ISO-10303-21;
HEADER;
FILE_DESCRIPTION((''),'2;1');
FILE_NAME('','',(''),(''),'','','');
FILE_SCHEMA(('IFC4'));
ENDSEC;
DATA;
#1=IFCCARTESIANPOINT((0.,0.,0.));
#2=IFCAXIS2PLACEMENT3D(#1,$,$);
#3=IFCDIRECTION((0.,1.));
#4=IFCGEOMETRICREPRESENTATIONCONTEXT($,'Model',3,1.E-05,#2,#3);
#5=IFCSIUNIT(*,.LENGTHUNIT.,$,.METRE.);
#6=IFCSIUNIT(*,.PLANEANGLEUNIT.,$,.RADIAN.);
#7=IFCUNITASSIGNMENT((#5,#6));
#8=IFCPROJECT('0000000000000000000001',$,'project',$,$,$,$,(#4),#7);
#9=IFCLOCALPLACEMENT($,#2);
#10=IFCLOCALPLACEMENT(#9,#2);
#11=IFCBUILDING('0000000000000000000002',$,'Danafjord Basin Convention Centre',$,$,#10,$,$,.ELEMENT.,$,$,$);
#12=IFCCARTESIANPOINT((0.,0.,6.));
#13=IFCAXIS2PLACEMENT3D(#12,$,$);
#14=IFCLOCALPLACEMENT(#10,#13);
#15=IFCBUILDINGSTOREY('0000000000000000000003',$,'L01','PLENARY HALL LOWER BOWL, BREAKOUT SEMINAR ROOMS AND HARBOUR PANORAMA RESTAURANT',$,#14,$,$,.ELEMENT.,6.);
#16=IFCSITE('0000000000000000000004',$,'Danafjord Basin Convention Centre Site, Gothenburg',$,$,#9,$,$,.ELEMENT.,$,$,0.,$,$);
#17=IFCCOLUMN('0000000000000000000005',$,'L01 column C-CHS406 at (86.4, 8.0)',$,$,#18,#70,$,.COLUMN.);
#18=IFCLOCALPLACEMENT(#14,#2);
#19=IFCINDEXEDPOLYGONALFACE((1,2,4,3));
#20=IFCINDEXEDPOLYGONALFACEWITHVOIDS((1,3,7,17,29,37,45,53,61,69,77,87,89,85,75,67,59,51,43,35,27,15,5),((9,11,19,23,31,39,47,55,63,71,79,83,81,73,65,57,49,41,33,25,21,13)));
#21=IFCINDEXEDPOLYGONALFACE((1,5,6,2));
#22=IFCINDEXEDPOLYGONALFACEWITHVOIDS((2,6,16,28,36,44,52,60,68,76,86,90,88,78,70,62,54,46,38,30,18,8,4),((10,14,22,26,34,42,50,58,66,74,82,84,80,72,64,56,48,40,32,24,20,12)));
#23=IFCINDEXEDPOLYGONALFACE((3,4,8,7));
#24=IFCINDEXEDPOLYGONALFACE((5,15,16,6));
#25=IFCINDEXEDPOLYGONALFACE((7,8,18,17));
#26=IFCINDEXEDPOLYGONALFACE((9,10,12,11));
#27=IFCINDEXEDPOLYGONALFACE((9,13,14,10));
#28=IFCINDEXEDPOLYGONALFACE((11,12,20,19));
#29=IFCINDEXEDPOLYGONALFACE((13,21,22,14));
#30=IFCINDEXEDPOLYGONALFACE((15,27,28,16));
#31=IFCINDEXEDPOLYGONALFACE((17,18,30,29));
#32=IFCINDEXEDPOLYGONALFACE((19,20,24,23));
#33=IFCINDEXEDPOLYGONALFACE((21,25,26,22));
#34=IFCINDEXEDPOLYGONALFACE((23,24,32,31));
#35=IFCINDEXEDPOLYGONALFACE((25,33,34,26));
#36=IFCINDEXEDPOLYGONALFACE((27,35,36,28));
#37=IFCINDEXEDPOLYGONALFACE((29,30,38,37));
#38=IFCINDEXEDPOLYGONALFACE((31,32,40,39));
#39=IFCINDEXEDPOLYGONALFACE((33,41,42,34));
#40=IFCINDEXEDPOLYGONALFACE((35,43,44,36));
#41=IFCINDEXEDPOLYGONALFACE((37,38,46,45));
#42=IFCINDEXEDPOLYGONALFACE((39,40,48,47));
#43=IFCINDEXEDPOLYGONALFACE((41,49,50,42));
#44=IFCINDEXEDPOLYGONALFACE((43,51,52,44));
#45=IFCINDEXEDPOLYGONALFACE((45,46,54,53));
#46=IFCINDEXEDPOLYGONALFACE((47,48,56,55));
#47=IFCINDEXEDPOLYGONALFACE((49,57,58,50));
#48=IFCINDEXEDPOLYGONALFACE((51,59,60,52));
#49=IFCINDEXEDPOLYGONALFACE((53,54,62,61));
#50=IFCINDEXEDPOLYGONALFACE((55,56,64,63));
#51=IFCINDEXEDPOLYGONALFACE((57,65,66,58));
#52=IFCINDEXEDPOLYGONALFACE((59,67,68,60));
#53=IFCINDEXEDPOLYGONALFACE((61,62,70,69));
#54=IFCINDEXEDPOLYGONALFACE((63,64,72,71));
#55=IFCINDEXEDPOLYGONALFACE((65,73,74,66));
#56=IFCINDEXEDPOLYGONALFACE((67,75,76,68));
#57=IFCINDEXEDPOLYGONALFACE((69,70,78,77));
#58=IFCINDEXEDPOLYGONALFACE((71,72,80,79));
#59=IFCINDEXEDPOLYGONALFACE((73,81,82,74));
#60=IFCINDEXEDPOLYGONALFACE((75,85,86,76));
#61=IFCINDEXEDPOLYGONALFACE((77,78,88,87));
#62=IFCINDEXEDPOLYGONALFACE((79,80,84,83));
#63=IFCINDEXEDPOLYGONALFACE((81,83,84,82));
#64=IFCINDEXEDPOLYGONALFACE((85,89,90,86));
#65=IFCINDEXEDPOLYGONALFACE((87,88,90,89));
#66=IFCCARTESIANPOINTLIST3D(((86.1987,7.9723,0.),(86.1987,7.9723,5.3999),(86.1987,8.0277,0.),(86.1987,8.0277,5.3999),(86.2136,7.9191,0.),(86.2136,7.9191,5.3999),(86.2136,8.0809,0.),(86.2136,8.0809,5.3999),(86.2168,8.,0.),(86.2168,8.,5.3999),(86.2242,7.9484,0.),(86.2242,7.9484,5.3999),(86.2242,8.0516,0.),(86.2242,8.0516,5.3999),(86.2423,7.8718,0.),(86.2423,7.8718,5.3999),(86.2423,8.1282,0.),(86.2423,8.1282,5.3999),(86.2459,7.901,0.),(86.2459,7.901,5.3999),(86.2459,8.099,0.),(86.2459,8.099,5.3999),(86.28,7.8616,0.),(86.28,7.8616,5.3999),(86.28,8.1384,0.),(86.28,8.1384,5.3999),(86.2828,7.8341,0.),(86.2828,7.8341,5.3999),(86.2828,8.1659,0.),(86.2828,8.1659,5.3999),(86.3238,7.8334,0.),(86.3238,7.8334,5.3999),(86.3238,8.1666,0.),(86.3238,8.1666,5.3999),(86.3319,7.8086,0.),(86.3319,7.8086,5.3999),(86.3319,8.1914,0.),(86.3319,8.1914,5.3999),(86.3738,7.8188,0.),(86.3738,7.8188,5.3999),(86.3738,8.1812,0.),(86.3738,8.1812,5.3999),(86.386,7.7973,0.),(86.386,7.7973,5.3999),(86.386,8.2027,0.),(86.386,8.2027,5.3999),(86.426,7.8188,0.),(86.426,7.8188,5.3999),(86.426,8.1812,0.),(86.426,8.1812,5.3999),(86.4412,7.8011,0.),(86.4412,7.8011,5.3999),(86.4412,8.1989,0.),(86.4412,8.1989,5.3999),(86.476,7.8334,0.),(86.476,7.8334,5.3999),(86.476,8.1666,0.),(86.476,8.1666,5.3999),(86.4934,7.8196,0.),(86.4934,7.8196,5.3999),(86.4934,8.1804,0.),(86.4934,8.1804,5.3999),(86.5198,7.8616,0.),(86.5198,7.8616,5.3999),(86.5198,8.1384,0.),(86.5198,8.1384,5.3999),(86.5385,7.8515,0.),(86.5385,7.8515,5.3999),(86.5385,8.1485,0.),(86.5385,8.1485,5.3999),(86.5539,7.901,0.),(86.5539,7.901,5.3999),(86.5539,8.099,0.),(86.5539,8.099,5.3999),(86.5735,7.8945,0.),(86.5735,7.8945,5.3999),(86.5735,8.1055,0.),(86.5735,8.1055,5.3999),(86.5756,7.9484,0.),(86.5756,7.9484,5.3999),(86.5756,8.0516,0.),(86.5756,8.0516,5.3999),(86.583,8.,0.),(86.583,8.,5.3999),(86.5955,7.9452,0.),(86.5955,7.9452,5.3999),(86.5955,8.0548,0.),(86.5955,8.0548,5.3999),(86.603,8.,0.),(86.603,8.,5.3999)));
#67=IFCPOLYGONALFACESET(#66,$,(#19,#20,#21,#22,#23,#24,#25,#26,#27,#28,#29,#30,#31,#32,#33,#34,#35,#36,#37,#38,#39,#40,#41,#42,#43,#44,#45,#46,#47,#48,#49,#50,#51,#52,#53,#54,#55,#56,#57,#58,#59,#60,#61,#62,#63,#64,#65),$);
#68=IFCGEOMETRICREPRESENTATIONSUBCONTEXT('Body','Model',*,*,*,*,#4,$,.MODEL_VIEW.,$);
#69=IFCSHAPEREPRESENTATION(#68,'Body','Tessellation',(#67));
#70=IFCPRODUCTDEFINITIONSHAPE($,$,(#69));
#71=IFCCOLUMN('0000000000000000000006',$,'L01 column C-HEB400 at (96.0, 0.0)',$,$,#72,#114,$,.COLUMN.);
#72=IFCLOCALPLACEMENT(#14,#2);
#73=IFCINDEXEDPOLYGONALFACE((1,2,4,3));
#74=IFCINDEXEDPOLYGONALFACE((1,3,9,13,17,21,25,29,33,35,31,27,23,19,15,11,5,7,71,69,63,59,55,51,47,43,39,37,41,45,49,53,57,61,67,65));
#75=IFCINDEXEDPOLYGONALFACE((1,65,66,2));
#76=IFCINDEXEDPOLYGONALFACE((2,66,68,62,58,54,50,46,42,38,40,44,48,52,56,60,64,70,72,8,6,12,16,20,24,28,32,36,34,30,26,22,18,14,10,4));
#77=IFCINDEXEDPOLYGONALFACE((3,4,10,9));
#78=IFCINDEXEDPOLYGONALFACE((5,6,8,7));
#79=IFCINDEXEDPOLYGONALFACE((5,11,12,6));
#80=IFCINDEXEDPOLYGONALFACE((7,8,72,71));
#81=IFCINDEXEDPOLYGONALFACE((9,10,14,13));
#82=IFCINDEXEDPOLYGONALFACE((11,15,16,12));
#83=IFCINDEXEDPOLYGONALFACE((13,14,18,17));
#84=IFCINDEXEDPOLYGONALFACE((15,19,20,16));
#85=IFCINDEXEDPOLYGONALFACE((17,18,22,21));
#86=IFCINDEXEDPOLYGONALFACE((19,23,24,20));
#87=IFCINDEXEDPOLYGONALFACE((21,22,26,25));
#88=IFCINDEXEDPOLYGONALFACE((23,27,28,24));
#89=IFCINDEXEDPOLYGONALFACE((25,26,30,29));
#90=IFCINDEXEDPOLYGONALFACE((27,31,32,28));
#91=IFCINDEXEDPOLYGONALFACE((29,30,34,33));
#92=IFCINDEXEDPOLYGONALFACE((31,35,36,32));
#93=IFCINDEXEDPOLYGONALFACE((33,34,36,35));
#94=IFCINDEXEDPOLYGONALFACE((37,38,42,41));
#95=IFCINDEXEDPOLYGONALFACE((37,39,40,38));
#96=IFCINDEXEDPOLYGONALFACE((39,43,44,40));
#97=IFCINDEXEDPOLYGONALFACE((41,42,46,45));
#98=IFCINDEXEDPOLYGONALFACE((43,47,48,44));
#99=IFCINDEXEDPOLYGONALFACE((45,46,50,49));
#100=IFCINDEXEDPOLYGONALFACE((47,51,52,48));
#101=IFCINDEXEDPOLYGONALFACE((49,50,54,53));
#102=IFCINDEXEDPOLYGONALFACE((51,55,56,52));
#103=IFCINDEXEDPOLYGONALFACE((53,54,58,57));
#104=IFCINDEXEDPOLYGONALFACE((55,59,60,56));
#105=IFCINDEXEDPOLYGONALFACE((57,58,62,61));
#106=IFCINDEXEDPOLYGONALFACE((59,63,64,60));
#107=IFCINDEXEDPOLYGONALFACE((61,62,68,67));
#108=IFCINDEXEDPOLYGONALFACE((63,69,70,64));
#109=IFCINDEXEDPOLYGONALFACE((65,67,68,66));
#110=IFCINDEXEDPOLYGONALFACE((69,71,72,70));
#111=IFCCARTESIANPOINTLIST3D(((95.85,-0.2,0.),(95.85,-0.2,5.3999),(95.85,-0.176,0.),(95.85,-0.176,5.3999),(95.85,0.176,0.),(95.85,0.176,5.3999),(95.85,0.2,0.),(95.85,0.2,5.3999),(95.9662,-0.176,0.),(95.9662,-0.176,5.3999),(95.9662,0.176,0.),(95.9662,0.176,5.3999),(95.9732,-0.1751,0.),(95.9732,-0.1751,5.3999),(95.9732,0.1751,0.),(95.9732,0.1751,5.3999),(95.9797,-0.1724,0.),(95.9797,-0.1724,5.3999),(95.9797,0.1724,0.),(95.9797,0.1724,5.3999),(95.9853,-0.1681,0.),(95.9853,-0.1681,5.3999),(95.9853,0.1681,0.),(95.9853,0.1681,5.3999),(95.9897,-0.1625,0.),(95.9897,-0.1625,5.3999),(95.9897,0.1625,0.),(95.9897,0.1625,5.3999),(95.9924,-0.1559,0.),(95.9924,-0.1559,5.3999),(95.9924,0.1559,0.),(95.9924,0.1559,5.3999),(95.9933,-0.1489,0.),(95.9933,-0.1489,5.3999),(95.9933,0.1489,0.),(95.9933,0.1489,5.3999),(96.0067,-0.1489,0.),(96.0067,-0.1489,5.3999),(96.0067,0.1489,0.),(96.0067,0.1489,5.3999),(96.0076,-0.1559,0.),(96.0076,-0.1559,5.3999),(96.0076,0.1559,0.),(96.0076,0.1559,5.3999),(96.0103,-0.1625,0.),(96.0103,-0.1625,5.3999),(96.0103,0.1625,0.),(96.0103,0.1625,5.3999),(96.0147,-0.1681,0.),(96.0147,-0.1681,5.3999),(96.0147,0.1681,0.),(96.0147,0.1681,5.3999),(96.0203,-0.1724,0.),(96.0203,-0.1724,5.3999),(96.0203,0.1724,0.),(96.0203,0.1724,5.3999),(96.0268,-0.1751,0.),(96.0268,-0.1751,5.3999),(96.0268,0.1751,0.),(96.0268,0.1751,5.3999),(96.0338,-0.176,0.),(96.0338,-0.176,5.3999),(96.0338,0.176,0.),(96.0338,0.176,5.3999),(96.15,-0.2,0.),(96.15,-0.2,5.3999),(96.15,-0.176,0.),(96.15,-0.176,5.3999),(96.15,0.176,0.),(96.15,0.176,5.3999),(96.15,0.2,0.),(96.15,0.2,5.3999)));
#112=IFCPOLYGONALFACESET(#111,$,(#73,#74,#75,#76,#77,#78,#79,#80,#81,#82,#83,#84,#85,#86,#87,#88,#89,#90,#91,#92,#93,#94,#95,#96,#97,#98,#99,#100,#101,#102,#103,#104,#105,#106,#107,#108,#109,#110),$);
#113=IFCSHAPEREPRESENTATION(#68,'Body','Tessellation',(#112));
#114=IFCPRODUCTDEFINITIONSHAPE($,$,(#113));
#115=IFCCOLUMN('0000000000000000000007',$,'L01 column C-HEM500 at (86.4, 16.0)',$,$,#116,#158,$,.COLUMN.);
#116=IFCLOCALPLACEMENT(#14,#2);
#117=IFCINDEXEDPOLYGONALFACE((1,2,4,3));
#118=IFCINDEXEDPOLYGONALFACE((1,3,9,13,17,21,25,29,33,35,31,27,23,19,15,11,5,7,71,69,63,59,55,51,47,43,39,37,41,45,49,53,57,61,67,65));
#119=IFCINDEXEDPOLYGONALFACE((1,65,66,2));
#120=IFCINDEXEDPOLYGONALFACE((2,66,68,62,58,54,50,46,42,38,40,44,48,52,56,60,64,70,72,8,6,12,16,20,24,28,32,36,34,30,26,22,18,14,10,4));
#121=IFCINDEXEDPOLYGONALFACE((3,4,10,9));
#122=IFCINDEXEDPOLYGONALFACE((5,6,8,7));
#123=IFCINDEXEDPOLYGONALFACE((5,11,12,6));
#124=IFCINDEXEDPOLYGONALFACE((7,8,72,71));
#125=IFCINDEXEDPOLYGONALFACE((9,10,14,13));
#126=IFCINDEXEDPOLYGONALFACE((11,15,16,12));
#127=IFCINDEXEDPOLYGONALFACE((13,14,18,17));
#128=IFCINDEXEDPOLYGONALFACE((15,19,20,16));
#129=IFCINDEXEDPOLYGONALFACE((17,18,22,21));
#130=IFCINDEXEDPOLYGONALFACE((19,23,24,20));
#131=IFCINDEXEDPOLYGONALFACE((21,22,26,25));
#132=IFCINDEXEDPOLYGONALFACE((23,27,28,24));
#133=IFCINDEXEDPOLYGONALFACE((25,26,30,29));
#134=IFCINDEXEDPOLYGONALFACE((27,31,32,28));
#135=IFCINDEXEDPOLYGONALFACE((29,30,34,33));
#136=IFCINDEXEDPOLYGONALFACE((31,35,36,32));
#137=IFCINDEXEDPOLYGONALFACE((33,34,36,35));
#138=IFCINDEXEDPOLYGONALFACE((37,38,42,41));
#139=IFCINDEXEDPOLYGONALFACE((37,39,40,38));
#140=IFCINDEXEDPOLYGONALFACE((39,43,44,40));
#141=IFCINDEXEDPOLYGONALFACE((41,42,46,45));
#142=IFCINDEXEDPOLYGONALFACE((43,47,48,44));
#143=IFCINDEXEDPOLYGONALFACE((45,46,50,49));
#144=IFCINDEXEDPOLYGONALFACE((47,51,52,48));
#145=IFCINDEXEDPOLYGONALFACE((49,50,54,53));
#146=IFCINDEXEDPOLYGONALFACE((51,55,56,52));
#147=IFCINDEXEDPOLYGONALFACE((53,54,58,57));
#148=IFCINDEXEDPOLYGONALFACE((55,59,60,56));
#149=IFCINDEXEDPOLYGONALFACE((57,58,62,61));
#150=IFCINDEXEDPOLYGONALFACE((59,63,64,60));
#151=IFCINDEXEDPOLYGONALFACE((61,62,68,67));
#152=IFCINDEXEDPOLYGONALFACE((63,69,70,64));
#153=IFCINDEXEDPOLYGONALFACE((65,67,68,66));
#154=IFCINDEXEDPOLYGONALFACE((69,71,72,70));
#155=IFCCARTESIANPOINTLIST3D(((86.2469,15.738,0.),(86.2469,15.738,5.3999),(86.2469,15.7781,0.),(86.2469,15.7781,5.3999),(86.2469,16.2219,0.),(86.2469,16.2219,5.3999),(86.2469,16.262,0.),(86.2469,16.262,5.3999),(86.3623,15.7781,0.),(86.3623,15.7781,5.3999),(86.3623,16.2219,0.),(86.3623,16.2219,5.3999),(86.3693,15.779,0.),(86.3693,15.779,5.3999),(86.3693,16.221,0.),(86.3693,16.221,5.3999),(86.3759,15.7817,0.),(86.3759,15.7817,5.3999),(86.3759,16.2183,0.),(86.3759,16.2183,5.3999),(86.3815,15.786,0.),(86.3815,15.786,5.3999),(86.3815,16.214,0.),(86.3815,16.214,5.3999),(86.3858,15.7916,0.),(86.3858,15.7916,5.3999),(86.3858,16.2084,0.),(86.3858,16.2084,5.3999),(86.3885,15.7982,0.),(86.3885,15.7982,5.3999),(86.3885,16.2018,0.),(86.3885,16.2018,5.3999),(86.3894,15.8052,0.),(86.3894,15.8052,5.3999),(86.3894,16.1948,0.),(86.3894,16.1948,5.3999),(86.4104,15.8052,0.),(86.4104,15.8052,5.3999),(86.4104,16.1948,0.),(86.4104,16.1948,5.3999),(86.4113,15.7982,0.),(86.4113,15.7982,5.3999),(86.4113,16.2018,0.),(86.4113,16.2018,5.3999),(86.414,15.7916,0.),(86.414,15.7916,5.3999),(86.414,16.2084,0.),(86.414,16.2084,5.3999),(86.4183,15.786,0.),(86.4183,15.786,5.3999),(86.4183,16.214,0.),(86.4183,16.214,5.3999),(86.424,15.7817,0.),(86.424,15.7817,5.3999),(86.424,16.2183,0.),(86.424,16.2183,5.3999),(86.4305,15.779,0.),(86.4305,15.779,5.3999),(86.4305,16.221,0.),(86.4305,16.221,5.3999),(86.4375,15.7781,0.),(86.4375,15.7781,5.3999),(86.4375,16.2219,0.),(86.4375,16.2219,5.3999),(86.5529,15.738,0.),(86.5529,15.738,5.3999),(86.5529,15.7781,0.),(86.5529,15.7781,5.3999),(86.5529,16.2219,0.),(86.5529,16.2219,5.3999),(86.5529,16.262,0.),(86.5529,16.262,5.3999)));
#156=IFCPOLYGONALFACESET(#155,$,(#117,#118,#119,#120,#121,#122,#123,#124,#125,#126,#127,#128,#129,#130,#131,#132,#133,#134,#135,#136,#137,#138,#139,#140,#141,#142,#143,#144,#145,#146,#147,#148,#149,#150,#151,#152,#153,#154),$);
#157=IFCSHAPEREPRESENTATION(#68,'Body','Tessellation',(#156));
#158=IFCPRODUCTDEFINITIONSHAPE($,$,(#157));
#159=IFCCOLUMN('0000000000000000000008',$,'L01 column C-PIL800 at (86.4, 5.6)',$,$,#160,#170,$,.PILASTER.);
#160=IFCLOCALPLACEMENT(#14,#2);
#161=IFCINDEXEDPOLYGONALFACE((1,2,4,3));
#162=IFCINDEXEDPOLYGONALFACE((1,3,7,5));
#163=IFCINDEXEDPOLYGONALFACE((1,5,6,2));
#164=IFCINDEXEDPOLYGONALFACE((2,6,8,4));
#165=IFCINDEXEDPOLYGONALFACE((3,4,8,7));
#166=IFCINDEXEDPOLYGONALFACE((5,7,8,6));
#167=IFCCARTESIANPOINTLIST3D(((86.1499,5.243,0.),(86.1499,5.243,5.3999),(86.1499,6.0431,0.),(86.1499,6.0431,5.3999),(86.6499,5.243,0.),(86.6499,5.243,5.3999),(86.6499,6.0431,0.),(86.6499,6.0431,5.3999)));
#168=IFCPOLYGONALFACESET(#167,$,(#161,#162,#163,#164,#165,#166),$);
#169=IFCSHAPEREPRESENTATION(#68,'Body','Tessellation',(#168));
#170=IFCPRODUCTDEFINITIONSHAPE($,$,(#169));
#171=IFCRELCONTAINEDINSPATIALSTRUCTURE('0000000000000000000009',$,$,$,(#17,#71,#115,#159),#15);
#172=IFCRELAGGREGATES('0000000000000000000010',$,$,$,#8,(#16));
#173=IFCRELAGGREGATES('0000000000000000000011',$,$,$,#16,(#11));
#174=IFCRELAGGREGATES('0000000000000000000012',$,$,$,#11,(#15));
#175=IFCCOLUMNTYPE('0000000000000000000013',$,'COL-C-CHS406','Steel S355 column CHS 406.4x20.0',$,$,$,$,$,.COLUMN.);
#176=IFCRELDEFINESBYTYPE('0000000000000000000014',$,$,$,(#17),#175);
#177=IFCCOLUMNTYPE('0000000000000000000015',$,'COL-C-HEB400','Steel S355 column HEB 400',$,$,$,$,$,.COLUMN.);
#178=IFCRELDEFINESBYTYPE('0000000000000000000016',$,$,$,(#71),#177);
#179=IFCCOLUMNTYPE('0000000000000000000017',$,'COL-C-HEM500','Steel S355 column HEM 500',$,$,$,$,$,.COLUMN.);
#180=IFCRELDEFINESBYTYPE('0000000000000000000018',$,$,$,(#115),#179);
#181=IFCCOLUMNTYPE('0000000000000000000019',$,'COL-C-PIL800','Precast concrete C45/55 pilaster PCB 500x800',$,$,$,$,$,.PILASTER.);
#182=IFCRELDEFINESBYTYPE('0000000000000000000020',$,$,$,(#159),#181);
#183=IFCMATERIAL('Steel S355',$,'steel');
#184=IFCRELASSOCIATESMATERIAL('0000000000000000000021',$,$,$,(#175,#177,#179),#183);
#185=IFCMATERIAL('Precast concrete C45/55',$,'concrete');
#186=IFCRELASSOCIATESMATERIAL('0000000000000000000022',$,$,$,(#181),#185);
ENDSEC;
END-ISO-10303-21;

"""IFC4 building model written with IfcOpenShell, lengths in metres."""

from ifc_helpers import new_model, si_unit, direction, frame, origin, origin_2d, place, context, subcontext, project, spatial, rectangle, hollow_circle, i_section, extrude, material, material_profile, profile_set, type_object, element, save


model = new_model("IFC4")

# Units and contexts
model_context = context("Model", 3, precision=1e-05, world=origin(), true_north=direction((0.0, 1.0)))
body_context = subcontext(model_context, "Body", "Model", "MODEL_VIEW")
ifc_project = project(units=[si_unit("LENGTHUNIT", "METRE"), si_unit("PLANEANGLEUNIT", "RADIAN")], contexts=[model_context])

# Site, building, storey
site_placement = place(None, origin())
site = spatial("IfcSite", under=ifc_project, at=site_placement, Name="Danafjord Basin Convention Centre Site, Gothenburg", CompositionType="ELEMENT", RefElevation=0.0)
building_placement = place(site_placement, origin())
building = spatial("IfcBuilding", under=site, at=building_placement, Name="Danafjord Basin Convention Centre", CompositionType="ELEMENT")
storey_placement = place(building_placement, frame((0.0, 0.0, 6.0)))
storey = spatial("IfcBuildingStorey", under=building, at=storey_placement, Name="L01", Description="PLENARY HALL LOWER BOWL, BREAKOUT SEMINAR ROOMS AND HARBOUR PANORAMA RESTAURANT", CompositionType="ELEMENT", Elevation=6.0)

# Columns
ifc_material_1 = material(Name="Steel S355", Category="steel")
ifc_material_profile_1 = material_profile(ifc_material_1, hollow_circle(Radius=0.2031, WallThickness=0.02, at=origin_2d()), Name="CHS 406.4x20.0")
ifc_profile_set_1 = profile_set([ifc_material_profile_1], Name="Steel S355")
column_type_1 = type_object("IfcColumnType", Name="COL-C-CHS406", Description="Steel S355 column CHS 406.4x20.0", PredefinedType="COLUMN", material=ifc_profile_set_1)
column_1_placement = place(storey_placement, frame((86.3999, 8.0, 0.0), z_axis=(0.0, 0.0, 1.0), x_axis=(1.0, 0.0, 0.0)))
element("IfcColumn", 1, at=column_1_placement, inside=storey, type_object=column_type_1, Name="L01 column C-CHS406 at (86.4, 8.0)", PredefinedType="COLUMN", context=body_context, shape_type="SweptSolid", body=[
    extrude(hollow_circle(Radius=0.2031, WallThickness=0.02, at=origin_2d()), origin(), (0.0, 0.0, 1.0), 5.3999),
])
ifc_material_profile_2 = material_profile(ifc_material_1, i_section(OverallWidth=0.3, OverallDepth=0.3999, WebThickness=0.0134, FlangeThickness=0.0239, FilletRadius=0.0271, at=origin_2d()), Name="HEB 400")
ifc_profile_set_2 = profile_set([ifc_material_profile_2], Name="Steel S355")
column_type_2 = type_object("IfcColumnType", Name="COL-C-HEB400", Description="Steel S355 column HEB 400", PredefinedType="COLUMN", material=ifc_profile_set_2)
column_2_placement = place(storey_placement, frame((96.0, 0.0, 0.0), z_axis=(0.0, 0.0, 1.0), x_axis=(1.0, 0.0, 0.0)))
element("IfcColumn", 2, at=column_2_placement, inside=storey, type_object=column_type_2, Name="L01 column C-HEB400 at (96.0, 0.0)", PredefinedType="COLUMN", context=body_context, shape_type="SweptSolid", body=[
    extrude(i_section(OverallWidth=0.3, OverallDepth=0.3999, WebThickness=0.0134, FlangeThickness=0.0239, FilletRadius=0.0271, at=origin_2d()), origin(), (0.0, 0.0, 1.0), 5.3999),
])
ifc_material_profile_3 = material_profile(ifc_material_1, i_section(OverallWidth=0.3059, OverallDepth=0.5239, WebThickness=0.021, FlangeThickness=0.04, FilletRadius=0.0271, at=origin_2d()), Name="HEM 500")
ifc_profile_set_3 = profile_set([ifc_material_profile_3], Name="Steel S355")
column_type_3 = type_object("IfcColumnType", Name="COL-C-HEM500", Description="Steel S355 column HEM 500", PredefinedType="COLUMN", material=ifc_profile_set_3)
column_3_placement = place(storey_placement, frame((86.3999, 16.0, 0.0), z_axis=(0.0, 0.0, 1.0), x_axis=(1.0, 0.0, 0.0)))
element("IfcColumn", 3, at=column_3_placement, inside=storey, type_object=column_type_3, Name="L01 column C-HEM500 at (86.4, 16.0)", PredefinedType="COLUMN", context=body_context, shape_type="SweptSolid", body=[
    extrude(i_section(OverallWidth=0.3059, OverallDepth=0.5239, WebThickness=0.021, FlangeThickness=0.04, FilletRadius=0.0271, at=origin_2d()), origin(), (0.0, 0.0, 1.0), 5.3999),
])
ifc_material_2 = material(Name="Precast concrete C45/55", Category="concrete")
ifc_material_profile_4 = material_profile(ifc_material_2, rectangle(XDim=0.5, YDim=0.8, at=origin_2d()), Name="PCB 500x800")
ifc_profile_set_4 = profile_set([ifc_material_profile_4], Name="Precast concrete C45/55")
column_type_4 = type_object("IfcColumnType", Name="COL-C-PIL800", Description="Precast concrete C45/55 pilaster PCB 500x800", PredefinedType="PILASTER", material=ifc_profile_set_4)
column_4_placement = place(storey_placement, frame((86.3999, 5.6431, 0.0), z_axis=(0.0, 0.0, 1.0), x_axis=(1.0, 0.0, 0.0)))
element("IfcColumn", 4, at=column_4_placement, inside=storey, type_object=column_type_4, Name="L01 column C-PIL800 at (86.4, 5.6)", PredefinedType="PILASTER", context=body_context, shape_type="SweptSolid", body=[
    extrude(rectangle(XDim=0.5, YDim=0.8, at=origin_2d()), origin(), (0.0, 0.0, 1.0), 5.3999),
])

save(model, "model.ifc")
